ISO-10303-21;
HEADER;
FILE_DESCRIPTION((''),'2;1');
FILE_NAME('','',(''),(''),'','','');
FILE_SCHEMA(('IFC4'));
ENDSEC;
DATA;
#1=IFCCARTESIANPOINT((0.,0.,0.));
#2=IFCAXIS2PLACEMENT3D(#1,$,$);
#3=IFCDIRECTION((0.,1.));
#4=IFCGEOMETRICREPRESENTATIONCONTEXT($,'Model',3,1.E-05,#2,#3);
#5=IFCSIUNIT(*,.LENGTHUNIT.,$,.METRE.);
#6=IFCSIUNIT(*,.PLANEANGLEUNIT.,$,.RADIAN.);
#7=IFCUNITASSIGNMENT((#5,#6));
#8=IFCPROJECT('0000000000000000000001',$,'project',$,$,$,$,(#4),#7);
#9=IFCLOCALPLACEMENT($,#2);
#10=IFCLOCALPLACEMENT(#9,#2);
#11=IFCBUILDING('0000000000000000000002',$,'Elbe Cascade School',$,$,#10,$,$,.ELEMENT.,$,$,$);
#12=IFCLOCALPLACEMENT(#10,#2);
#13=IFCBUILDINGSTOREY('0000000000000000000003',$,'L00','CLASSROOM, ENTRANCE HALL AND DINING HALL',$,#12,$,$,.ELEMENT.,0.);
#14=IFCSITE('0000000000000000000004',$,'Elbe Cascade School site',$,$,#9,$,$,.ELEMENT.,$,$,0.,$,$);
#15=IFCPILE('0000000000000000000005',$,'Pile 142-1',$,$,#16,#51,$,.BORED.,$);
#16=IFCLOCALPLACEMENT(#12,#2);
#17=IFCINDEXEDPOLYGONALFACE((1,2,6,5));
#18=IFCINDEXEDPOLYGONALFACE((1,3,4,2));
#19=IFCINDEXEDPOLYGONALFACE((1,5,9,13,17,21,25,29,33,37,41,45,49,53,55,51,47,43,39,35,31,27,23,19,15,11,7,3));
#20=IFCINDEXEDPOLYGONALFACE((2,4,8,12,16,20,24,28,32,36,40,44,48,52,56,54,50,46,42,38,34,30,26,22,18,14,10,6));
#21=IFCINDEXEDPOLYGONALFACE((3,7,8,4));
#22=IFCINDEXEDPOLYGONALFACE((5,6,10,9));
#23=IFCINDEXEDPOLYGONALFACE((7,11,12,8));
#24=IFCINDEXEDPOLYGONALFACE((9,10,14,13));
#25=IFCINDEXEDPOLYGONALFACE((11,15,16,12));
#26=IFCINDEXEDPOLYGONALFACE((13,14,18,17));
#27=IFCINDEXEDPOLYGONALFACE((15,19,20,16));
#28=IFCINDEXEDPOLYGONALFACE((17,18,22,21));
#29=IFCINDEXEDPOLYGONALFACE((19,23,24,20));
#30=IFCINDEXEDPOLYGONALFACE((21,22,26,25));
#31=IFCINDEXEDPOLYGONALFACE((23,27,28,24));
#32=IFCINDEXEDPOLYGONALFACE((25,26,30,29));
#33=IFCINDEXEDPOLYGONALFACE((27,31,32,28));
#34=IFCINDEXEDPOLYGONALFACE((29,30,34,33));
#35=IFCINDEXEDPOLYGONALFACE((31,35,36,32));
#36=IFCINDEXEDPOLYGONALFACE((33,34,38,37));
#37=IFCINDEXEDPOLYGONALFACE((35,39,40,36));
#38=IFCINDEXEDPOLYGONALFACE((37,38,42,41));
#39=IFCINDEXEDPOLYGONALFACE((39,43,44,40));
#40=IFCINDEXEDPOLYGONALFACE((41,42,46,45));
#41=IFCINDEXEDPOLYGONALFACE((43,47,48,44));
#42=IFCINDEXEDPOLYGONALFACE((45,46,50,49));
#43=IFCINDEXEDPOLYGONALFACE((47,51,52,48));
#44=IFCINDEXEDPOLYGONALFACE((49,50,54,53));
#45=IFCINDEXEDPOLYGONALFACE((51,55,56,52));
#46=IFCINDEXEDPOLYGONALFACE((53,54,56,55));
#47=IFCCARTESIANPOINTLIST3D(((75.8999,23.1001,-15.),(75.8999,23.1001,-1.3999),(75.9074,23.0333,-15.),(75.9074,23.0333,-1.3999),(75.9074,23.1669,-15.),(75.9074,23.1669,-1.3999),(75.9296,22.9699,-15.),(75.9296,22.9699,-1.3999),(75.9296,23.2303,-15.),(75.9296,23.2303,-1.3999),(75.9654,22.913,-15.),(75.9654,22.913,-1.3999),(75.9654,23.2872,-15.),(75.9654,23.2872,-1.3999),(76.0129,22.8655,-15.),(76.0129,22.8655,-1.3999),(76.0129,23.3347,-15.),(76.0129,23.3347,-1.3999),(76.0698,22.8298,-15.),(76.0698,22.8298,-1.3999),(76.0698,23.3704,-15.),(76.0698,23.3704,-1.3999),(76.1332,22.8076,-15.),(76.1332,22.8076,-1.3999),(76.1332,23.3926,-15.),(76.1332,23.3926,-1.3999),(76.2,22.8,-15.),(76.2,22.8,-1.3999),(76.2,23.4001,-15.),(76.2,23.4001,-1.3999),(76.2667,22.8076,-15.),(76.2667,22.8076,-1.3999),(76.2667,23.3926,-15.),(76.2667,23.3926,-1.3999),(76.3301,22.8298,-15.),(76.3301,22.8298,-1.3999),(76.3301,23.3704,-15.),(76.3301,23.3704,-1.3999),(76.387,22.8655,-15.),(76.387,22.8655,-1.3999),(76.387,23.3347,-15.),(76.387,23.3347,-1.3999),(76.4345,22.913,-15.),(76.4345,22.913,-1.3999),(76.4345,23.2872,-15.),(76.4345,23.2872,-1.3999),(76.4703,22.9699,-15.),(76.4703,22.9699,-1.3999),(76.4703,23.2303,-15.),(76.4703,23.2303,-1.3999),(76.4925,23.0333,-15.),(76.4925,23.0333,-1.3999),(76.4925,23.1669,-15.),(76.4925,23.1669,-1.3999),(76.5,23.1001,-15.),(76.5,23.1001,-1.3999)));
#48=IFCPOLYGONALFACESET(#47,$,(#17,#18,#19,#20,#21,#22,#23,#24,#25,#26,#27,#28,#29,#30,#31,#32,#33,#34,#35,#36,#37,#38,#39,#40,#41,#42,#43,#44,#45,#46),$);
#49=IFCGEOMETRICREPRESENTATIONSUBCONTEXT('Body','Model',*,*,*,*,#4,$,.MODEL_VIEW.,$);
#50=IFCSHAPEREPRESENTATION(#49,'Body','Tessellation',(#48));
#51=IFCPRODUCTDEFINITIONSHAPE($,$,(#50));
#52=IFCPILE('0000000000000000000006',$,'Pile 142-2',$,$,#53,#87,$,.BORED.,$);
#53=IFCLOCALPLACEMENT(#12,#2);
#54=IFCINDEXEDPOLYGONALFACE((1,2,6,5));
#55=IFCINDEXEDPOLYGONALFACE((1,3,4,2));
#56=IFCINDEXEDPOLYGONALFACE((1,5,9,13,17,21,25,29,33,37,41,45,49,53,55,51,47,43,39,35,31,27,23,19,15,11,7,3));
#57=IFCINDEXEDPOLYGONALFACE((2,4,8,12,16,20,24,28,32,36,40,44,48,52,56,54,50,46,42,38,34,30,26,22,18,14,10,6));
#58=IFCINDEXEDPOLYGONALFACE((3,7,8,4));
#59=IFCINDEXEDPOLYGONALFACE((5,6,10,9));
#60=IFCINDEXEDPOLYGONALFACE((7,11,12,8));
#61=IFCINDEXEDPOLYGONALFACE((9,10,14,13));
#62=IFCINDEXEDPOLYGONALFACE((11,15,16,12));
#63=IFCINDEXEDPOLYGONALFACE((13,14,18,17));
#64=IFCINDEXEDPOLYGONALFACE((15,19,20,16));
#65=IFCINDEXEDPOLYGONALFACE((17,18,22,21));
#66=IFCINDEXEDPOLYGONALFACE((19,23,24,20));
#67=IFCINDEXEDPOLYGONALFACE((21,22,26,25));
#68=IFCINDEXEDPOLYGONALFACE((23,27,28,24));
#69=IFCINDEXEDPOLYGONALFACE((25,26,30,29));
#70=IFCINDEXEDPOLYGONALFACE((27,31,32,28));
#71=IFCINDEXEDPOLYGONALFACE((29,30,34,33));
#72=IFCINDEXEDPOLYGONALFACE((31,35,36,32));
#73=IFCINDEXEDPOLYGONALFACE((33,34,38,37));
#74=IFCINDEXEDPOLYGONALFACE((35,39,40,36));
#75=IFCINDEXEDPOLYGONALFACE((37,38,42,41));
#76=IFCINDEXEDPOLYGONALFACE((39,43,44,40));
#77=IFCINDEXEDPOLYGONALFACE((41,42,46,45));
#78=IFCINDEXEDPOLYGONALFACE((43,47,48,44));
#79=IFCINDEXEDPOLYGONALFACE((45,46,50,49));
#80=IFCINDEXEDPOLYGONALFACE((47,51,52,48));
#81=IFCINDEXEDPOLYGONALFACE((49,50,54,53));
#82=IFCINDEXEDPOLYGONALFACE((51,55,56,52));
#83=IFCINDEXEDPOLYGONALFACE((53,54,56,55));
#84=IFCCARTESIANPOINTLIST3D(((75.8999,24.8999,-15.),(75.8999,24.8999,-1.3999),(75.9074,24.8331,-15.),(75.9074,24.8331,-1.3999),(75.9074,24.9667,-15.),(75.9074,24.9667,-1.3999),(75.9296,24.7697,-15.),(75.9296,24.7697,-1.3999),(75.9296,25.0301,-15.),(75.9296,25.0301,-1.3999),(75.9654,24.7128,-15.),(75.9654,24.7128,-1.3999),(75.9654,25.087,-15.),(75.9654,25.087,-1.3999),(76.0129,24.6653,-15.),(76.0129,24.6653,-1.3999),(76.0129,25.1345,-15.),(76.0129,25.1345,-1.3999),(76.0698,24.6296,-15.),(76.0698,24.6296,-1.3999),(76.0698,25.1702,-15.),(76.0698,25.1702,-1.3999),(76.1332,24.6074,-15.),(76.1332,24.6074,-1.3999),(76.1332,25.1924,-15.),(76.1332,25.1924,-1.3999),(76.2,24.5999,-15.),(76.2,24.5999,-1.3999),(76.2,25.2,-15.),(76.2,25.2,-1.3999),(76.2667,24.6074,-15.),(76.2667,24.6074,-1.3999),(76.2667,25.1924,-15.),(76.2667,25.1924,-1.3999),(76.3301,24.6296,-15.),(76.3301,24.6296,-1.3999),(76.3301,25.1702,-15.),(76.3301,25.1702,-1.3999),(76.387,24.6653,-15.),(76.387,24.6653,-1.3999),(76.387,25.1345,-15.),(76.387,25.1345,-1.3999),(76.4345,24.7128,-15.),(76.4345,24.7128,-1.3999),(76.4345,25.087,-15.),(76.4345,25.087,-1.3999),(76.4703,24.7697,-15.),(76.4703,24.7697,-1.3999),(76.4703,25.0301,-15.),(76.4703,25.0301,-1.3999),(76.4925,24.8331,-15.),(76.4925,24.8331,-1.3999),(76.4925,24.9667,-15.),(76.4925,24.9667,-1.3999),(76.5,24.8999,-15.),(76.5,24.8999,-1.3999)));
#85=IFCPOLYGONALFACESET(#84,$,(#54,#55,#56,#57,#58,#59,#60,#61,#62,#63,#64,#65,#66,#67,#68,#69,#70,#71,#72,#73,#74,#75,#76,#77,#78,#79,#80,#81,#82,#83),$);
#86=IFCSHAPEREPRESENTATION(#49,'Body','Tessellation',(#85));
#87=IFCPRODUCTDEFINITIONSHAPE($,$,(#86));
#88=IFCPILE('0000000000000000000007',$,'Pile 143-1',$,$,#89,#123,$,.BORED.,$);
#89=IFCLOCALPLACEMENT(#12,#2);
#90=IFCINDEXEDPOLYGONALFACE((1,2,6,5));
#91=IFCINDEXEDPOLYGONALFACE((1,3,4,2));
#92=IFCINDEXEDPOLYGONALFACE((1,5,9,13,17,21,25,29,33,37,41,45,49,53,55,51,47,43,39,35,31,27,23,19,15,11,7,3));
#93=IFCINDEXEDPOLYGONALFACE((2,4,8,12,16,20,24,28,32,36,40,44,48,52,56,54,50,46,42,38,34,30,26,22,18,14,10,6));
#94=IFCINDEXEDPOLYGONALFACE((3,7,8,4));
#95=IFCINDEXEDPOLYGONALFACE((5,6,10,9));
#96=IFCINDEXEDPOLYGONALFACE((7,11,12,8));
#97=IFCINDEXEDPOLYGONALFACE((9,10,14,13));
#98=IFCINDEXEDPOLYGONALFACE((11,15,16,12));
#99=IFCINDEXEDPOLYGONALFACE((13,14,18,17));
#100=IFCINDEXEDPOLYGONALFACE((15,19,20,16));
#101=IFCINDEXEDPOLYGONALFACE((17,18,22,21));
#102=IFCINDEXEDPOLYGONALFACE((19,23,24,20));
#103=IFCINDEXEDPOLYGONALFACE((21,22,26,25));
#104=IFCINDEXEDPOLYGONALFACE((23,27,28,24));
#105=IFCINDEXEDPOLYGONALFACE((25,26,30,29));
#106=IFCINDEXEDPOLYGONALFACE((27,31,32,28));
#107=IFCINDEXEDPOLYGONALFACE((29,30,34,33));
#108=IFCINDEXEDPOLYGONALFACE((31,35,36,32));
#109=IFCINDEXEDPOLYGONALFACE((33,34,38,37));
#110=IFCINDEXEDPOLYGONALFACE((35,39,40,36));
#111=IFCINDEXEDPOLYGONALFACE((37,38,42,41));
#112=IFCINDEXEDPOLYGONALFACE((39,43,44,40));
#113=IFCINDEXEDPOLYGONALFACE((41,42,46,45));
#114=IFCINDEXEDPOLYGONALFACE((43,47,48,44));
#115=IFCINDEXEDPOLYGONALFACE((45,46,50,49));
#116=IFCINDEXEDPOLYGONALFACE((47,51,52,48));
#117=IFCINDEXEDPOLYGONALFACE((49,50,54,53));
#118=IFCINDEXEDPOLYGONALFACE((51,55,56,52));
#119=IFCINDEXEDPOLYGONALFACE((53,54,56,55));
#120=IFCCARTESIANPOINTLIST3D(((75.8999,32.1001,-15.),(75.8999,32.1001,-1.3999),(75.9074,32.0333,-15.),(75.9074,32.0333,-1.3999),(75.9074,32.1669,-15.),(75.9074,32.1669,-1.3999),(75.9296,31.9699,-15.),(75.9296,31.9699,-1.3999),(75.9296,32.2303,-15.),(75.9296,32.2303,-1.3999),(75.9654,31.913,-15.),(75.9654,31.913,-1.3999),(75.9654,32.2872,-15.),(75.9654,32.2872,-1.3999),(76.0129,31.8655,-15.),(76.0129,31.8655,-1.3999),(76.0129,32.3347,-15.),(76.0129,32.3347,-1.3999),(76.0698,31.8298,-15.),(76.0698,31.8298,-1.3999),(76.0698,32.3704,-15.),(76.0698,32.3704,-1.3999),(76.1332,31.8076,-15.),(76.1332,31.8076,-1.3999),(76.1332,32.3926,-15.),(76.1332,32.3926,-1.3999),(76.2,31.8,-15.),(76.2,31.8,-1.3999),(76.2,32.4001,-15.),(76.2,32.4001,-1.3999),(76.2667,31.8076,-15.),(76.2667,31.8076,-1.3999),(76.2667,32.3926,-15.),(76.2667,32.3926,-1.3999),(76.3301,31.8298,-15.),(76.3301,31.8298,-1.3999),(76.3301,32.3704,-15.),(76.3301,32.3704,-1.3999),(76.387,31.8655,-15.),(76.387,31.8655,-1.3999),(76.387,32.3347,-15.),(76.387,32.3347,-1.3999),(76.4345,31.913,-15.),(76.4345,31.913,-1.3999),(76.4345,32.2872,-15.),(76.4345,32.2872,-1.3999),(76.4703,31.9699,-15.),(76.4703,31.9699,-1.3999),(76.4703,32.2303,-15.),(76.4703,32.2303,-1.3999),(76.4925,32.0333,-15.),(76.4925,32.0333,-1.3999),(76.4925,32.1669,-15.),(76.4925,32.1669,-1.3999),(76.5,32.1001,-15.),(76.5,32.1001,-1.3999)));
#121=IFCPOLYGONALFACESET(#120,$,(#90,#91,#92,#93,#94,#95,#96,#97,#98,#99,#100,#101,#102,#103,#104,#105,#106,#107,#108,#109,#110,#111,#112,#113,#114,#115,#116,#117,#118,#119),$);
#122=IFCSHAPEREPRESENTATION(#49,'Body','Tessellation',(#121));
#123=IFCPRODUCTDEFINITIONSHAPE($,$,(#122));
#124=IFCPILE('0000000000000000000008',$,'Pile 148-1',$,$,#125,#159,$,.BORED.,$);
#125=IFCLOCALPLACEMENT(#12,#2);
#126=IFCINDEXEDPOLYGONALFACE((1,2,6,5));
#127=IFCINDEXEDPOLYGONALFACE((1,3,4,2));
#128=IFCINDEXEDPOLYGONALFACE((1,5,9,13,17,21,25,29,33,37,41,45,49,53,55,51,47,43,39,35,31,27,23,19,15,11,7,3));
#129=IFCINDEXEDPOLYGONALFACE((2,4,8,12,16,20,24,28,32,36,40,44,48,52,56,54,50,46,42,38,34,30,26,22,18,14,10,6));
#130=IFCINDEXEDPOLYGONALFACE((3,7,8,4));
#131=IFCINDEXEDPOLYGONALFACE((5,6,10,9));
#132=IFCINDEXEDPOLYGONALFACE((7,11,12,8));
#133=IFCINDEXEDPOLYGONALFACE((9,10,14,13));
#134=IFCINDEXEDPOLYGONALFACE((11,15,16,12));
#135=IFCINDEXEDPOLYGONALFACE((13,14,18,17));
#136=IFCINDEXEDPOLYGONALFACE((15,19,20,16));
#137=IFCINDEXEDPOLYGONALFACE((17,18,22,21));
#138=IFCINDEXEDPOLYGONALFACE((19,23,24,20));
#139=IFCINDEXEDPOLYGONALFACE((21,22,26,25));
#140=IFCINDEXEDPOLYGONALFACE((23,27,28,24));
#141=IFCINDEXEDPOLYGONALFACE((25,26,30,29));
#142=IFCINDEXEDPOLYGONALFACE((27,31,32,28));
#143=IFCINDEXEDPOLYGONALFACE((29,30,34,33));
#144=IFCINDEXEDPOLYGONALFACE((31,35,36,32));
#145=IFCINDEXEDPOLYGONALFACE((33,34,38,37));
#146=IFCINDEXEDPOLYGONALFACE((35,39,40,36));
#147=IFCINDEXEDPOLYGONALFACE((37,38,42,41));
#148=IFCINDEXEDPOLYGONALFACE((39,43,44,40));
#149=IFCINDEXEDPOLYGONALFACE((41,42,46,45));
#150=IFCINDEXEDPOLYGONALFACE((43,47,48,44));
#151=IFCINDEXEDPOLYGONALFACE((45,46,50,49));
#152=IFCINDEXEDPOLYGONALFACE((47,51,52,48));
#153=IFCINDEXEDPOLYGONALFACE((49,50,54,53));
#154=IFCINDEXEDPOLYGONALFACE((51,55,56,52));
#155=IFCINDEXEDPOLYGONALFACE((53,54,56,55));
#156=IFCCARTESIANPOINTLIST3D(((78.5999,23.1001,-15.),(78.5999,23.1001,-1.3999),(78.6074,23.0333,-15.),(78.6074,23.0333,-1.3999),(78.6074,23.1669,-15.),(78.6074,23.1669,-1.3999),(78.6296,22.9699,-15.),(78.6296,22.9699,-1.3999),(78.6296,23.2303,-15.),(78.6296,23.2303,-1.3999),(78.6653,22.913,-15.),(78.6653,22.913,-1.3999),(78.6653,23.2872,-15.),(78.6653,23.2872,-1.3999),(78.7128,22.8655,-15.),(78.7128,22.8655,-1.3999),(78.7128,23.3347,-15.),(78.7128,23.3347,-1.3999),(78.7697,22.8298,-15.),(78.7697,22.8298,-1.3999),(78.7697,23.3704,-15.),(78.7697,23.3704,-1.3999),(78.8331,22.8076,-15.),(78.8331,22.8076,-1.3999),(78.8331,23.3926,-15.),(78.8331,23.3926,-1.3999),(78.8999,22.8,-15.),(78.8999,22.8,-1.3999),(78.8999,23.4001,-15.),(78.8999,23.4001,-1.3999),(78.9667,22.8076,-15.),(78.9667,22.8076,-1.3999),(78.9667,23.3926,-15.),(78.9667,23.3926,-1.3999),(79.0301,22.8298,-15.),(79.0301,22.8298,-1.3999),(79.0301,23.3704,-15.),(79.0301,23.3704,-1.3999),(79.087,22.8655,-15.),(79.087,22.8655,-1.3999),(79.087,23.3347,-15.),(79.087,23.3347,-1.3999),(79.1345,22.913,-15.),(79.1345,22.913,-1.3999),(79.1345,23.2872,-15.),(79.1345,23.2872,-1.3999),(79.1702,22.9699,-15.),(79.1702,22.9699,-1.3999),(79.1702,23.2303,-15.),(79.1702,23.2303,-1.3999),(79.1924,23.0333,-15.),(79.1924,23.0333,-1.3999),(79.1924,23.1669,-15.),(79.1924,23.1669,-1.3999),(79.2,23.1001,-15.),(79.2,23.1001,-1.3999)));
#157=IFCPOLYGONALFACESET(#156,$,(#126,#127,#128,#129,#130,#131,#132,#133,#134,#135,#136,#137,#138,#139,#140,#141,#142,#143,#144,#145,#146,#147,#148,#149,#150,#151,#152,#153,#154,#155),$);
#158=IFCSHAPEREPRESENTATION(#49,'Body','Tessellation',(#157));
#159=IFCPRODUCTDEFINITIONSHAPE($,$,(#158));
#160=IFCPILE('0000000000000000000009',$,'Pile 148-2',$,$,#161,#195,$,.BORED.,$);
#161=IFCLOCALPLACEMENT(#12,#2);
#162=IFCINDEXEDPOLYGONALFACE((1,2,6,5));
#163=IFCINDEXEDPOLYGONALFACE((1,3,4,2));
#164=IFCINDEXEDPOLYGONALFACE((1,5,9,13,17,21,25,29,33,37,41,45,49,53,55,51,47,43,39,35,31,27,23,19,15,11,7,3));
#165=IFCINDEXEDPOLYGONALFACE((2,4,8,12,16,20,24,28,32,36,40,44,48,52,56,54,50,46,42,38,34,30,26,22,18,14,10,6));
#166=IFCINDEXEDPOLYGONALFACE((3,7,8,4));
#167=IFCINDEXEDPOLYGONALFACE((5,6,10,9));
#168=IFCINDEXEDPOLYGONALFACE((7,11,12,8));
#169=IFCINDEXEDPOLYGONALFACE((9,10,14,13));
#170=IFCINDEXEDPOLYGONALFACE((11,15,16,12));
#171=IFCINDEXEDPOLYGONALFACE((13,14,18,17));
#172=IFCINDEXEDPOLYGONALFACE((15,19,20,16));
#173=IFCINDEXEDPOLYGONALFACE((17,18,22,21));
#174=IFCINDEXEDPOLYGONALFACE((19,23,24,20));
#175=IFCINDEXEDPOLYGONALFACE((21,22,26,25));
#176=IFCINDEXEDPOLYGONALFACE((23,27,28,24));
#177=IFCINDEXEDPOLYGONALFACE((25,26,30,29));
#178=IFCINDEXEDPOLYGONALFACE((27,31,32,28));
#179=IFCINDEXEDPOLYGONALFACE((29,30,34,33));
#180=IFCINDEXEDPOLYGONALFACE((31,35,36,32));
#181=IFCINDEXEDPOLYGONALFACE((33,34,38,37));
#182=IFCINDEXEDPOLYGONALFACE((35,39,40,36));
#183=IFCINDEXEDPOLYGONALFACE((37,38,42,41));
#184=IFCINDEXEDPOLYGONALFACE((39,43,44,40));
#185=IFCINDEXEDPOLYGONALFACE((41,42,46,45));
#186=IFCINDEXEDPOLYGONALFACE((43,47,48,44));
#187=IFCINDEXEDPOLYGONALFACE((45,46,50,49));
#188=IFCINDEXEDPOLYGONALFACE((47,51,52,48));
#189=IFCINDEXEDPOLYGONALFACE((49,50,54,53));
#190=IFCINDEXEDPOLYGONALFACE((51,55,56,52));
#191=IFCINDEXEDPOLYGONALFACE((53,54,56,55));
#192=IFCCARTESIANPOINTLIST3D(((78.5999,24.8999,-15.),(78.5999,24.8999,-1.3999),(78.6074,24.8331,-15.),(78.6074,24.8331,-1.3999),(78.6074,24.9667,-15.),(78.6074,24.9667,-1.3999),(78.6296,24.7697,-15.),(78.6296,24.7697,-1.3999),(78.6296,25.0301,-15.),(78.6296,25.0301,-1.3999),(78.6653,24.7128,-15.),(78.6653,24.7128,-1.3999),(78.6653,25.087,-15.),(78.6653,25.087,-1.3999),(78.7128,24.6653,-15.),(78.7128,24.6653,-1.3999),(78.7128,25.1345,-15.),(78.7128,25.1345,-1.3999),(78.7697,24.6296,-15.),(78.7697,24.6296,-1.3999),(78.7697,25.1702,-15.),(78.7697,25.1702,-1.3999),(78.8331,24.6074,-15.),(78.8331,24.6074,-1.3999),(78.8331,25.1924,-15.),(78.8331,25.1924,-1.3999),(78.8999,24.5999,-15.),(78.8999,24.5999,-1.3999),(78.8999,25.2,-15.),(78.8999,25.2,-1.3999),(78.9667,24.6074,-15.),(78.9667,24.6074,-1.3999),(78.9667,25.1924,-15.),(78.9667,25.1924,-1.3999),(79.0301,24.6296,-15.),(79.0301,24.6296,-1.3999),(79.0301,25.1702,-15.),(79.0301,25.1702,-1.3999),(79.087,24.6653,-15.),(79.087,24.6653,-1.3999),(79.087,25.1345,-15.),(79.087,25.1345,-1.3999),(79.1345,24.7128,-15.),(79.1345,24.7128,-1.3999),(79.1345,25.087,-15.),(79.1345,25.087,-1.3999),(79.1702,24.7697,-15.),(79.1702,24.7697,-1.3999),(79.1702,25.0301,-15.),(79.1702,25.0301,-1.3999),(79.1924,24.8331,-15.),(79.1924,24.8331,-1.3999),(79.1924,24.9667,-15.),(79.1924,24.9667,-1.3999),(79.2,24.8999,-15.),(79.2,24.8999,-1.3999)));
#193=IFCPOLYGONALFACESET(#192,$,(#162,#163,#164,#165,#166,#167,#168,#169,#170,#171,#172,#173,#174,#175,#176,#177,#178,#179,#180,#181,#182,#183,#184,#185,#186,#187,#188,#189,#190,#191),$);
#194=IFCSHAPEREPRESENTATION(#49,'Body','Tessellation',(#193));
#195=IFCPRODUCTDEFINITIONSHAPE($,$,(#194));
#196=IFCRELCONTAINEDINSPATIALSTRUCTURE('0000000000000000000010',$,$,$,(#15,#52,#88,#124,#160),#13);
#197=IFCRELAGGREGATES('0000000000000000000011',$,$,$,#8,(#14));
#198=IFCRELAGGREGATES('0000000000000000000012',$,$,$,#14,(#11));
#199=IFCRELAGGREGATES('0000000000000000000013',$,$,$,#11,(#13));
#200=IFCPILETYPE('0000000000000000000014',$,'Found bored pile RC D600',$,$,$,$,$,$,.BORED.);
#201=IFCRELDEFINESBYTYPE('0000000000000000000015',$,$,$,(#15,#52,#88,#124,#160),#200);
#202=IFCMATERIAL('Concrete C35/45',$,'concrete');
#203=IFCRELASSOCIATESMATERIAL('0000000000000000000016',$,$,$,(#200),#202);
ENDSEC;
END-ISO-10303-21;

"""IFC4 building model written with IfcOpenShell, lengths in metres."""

from ifc_helpers import new_model, si_unit, direction, frame, origin, origin_2d, place, context, subcontext, project, spatial, circle, extrude, material, material_profile, profile_set, type_object, element, save


model = new_model("IFC4")

# Units and contexts
model_context = context("Model", 3, precision=1e-05, world=origin(), true_north=direction((0.0, 1.0)))
body_context = subcontext(model_context, "Body", "Model", "MODEL_VIEW")
ifc_project = project(units=[si_unit("LENGTHUNIT", "METRE"), si_unit("PLANEANGLEUNIT", "RADIAN")], contexts=[model_context])

# Site, building, storey
site_placement = place(None, origin())
site = spatial("IfcSite", under=ifc_project, at=site_placement, Name="Elbe Cascade School site", CompositionType="ELEMENT", RefElevation=0.0)
building_placement = place(site_placement, origin())
building = spatial("IfcBuilding", under=site, at=building_placement, Name="Elbe Cascade School", CompositionType="ELEMENT")
storey_placement = place(building_placement, origin())
storey = spatial("IfcBuildingStorey", under=building, at=storey_placement, Name="L00", Description="CLASSROOM, ENTRANCE HALL AND DINING HALL", CompositionType="ELEMENT", Elevation=0.0)

# Piles
ifc_material_1 = material(Name="Concrete C35/45", Category="concrete")
ifc_material_profile_1 = material_profile(ifc_material_1, circle(Radius=0.3, at=origin_2d()), Name="RC D600")
ifc_profile_set_1 = profile_set([ifc_material_profile_1], Name="Concrete C35/45")
pile_type = type_object("IfcPileType", Name="Found bored pile RC D600", PredefinedType="BORED", material=ifc_profile_set_1)
for number, where, z_axis, x_axis, name in (
    (1, (76.2, 23.1001, -1.3999), (0.0, 0.0, -1.0), (1.0, 0.0, 0.0), "Pile 142-1"),
    (2, (76.2, 24.8999, -1.3999), (0.0, 0.0, -1.0), (1.0, 0.0, 0.0), "Pile 142-2"),
    (3, (76.2, 32.1001, -1.3999), (0.0, 0.0, -1.0), (1.0, 0.0, 0.0), "Pile 143-1"),
    (4, (78.8999, 23.1001, -1.3999), (0.0, 0.0, -1.0), (1.0, 0.0, 0.0), "Pile 148-1"),
    (5, (78.8999, 24.8999, -1.3999), (0.0, 0.0, -1.0), (1.0, 0.0, 0.0), "Pile 148-2"),
):
    element("IfcPile", number, at=place(storey_placement, frame(where, z_axis=z_axis, x_axis=x_axis)), inside=storey, type_object=pile_type, Name=name, PredefinedType="BORED", context=body_context, shape_type="SweptSolid", body=[
        extrude(circle(Radius=0.3, at=origin_2d()), origin(), (0.0, 0.0, 1.0), 13.6001),
    ])

save(model, "model.ifc")
